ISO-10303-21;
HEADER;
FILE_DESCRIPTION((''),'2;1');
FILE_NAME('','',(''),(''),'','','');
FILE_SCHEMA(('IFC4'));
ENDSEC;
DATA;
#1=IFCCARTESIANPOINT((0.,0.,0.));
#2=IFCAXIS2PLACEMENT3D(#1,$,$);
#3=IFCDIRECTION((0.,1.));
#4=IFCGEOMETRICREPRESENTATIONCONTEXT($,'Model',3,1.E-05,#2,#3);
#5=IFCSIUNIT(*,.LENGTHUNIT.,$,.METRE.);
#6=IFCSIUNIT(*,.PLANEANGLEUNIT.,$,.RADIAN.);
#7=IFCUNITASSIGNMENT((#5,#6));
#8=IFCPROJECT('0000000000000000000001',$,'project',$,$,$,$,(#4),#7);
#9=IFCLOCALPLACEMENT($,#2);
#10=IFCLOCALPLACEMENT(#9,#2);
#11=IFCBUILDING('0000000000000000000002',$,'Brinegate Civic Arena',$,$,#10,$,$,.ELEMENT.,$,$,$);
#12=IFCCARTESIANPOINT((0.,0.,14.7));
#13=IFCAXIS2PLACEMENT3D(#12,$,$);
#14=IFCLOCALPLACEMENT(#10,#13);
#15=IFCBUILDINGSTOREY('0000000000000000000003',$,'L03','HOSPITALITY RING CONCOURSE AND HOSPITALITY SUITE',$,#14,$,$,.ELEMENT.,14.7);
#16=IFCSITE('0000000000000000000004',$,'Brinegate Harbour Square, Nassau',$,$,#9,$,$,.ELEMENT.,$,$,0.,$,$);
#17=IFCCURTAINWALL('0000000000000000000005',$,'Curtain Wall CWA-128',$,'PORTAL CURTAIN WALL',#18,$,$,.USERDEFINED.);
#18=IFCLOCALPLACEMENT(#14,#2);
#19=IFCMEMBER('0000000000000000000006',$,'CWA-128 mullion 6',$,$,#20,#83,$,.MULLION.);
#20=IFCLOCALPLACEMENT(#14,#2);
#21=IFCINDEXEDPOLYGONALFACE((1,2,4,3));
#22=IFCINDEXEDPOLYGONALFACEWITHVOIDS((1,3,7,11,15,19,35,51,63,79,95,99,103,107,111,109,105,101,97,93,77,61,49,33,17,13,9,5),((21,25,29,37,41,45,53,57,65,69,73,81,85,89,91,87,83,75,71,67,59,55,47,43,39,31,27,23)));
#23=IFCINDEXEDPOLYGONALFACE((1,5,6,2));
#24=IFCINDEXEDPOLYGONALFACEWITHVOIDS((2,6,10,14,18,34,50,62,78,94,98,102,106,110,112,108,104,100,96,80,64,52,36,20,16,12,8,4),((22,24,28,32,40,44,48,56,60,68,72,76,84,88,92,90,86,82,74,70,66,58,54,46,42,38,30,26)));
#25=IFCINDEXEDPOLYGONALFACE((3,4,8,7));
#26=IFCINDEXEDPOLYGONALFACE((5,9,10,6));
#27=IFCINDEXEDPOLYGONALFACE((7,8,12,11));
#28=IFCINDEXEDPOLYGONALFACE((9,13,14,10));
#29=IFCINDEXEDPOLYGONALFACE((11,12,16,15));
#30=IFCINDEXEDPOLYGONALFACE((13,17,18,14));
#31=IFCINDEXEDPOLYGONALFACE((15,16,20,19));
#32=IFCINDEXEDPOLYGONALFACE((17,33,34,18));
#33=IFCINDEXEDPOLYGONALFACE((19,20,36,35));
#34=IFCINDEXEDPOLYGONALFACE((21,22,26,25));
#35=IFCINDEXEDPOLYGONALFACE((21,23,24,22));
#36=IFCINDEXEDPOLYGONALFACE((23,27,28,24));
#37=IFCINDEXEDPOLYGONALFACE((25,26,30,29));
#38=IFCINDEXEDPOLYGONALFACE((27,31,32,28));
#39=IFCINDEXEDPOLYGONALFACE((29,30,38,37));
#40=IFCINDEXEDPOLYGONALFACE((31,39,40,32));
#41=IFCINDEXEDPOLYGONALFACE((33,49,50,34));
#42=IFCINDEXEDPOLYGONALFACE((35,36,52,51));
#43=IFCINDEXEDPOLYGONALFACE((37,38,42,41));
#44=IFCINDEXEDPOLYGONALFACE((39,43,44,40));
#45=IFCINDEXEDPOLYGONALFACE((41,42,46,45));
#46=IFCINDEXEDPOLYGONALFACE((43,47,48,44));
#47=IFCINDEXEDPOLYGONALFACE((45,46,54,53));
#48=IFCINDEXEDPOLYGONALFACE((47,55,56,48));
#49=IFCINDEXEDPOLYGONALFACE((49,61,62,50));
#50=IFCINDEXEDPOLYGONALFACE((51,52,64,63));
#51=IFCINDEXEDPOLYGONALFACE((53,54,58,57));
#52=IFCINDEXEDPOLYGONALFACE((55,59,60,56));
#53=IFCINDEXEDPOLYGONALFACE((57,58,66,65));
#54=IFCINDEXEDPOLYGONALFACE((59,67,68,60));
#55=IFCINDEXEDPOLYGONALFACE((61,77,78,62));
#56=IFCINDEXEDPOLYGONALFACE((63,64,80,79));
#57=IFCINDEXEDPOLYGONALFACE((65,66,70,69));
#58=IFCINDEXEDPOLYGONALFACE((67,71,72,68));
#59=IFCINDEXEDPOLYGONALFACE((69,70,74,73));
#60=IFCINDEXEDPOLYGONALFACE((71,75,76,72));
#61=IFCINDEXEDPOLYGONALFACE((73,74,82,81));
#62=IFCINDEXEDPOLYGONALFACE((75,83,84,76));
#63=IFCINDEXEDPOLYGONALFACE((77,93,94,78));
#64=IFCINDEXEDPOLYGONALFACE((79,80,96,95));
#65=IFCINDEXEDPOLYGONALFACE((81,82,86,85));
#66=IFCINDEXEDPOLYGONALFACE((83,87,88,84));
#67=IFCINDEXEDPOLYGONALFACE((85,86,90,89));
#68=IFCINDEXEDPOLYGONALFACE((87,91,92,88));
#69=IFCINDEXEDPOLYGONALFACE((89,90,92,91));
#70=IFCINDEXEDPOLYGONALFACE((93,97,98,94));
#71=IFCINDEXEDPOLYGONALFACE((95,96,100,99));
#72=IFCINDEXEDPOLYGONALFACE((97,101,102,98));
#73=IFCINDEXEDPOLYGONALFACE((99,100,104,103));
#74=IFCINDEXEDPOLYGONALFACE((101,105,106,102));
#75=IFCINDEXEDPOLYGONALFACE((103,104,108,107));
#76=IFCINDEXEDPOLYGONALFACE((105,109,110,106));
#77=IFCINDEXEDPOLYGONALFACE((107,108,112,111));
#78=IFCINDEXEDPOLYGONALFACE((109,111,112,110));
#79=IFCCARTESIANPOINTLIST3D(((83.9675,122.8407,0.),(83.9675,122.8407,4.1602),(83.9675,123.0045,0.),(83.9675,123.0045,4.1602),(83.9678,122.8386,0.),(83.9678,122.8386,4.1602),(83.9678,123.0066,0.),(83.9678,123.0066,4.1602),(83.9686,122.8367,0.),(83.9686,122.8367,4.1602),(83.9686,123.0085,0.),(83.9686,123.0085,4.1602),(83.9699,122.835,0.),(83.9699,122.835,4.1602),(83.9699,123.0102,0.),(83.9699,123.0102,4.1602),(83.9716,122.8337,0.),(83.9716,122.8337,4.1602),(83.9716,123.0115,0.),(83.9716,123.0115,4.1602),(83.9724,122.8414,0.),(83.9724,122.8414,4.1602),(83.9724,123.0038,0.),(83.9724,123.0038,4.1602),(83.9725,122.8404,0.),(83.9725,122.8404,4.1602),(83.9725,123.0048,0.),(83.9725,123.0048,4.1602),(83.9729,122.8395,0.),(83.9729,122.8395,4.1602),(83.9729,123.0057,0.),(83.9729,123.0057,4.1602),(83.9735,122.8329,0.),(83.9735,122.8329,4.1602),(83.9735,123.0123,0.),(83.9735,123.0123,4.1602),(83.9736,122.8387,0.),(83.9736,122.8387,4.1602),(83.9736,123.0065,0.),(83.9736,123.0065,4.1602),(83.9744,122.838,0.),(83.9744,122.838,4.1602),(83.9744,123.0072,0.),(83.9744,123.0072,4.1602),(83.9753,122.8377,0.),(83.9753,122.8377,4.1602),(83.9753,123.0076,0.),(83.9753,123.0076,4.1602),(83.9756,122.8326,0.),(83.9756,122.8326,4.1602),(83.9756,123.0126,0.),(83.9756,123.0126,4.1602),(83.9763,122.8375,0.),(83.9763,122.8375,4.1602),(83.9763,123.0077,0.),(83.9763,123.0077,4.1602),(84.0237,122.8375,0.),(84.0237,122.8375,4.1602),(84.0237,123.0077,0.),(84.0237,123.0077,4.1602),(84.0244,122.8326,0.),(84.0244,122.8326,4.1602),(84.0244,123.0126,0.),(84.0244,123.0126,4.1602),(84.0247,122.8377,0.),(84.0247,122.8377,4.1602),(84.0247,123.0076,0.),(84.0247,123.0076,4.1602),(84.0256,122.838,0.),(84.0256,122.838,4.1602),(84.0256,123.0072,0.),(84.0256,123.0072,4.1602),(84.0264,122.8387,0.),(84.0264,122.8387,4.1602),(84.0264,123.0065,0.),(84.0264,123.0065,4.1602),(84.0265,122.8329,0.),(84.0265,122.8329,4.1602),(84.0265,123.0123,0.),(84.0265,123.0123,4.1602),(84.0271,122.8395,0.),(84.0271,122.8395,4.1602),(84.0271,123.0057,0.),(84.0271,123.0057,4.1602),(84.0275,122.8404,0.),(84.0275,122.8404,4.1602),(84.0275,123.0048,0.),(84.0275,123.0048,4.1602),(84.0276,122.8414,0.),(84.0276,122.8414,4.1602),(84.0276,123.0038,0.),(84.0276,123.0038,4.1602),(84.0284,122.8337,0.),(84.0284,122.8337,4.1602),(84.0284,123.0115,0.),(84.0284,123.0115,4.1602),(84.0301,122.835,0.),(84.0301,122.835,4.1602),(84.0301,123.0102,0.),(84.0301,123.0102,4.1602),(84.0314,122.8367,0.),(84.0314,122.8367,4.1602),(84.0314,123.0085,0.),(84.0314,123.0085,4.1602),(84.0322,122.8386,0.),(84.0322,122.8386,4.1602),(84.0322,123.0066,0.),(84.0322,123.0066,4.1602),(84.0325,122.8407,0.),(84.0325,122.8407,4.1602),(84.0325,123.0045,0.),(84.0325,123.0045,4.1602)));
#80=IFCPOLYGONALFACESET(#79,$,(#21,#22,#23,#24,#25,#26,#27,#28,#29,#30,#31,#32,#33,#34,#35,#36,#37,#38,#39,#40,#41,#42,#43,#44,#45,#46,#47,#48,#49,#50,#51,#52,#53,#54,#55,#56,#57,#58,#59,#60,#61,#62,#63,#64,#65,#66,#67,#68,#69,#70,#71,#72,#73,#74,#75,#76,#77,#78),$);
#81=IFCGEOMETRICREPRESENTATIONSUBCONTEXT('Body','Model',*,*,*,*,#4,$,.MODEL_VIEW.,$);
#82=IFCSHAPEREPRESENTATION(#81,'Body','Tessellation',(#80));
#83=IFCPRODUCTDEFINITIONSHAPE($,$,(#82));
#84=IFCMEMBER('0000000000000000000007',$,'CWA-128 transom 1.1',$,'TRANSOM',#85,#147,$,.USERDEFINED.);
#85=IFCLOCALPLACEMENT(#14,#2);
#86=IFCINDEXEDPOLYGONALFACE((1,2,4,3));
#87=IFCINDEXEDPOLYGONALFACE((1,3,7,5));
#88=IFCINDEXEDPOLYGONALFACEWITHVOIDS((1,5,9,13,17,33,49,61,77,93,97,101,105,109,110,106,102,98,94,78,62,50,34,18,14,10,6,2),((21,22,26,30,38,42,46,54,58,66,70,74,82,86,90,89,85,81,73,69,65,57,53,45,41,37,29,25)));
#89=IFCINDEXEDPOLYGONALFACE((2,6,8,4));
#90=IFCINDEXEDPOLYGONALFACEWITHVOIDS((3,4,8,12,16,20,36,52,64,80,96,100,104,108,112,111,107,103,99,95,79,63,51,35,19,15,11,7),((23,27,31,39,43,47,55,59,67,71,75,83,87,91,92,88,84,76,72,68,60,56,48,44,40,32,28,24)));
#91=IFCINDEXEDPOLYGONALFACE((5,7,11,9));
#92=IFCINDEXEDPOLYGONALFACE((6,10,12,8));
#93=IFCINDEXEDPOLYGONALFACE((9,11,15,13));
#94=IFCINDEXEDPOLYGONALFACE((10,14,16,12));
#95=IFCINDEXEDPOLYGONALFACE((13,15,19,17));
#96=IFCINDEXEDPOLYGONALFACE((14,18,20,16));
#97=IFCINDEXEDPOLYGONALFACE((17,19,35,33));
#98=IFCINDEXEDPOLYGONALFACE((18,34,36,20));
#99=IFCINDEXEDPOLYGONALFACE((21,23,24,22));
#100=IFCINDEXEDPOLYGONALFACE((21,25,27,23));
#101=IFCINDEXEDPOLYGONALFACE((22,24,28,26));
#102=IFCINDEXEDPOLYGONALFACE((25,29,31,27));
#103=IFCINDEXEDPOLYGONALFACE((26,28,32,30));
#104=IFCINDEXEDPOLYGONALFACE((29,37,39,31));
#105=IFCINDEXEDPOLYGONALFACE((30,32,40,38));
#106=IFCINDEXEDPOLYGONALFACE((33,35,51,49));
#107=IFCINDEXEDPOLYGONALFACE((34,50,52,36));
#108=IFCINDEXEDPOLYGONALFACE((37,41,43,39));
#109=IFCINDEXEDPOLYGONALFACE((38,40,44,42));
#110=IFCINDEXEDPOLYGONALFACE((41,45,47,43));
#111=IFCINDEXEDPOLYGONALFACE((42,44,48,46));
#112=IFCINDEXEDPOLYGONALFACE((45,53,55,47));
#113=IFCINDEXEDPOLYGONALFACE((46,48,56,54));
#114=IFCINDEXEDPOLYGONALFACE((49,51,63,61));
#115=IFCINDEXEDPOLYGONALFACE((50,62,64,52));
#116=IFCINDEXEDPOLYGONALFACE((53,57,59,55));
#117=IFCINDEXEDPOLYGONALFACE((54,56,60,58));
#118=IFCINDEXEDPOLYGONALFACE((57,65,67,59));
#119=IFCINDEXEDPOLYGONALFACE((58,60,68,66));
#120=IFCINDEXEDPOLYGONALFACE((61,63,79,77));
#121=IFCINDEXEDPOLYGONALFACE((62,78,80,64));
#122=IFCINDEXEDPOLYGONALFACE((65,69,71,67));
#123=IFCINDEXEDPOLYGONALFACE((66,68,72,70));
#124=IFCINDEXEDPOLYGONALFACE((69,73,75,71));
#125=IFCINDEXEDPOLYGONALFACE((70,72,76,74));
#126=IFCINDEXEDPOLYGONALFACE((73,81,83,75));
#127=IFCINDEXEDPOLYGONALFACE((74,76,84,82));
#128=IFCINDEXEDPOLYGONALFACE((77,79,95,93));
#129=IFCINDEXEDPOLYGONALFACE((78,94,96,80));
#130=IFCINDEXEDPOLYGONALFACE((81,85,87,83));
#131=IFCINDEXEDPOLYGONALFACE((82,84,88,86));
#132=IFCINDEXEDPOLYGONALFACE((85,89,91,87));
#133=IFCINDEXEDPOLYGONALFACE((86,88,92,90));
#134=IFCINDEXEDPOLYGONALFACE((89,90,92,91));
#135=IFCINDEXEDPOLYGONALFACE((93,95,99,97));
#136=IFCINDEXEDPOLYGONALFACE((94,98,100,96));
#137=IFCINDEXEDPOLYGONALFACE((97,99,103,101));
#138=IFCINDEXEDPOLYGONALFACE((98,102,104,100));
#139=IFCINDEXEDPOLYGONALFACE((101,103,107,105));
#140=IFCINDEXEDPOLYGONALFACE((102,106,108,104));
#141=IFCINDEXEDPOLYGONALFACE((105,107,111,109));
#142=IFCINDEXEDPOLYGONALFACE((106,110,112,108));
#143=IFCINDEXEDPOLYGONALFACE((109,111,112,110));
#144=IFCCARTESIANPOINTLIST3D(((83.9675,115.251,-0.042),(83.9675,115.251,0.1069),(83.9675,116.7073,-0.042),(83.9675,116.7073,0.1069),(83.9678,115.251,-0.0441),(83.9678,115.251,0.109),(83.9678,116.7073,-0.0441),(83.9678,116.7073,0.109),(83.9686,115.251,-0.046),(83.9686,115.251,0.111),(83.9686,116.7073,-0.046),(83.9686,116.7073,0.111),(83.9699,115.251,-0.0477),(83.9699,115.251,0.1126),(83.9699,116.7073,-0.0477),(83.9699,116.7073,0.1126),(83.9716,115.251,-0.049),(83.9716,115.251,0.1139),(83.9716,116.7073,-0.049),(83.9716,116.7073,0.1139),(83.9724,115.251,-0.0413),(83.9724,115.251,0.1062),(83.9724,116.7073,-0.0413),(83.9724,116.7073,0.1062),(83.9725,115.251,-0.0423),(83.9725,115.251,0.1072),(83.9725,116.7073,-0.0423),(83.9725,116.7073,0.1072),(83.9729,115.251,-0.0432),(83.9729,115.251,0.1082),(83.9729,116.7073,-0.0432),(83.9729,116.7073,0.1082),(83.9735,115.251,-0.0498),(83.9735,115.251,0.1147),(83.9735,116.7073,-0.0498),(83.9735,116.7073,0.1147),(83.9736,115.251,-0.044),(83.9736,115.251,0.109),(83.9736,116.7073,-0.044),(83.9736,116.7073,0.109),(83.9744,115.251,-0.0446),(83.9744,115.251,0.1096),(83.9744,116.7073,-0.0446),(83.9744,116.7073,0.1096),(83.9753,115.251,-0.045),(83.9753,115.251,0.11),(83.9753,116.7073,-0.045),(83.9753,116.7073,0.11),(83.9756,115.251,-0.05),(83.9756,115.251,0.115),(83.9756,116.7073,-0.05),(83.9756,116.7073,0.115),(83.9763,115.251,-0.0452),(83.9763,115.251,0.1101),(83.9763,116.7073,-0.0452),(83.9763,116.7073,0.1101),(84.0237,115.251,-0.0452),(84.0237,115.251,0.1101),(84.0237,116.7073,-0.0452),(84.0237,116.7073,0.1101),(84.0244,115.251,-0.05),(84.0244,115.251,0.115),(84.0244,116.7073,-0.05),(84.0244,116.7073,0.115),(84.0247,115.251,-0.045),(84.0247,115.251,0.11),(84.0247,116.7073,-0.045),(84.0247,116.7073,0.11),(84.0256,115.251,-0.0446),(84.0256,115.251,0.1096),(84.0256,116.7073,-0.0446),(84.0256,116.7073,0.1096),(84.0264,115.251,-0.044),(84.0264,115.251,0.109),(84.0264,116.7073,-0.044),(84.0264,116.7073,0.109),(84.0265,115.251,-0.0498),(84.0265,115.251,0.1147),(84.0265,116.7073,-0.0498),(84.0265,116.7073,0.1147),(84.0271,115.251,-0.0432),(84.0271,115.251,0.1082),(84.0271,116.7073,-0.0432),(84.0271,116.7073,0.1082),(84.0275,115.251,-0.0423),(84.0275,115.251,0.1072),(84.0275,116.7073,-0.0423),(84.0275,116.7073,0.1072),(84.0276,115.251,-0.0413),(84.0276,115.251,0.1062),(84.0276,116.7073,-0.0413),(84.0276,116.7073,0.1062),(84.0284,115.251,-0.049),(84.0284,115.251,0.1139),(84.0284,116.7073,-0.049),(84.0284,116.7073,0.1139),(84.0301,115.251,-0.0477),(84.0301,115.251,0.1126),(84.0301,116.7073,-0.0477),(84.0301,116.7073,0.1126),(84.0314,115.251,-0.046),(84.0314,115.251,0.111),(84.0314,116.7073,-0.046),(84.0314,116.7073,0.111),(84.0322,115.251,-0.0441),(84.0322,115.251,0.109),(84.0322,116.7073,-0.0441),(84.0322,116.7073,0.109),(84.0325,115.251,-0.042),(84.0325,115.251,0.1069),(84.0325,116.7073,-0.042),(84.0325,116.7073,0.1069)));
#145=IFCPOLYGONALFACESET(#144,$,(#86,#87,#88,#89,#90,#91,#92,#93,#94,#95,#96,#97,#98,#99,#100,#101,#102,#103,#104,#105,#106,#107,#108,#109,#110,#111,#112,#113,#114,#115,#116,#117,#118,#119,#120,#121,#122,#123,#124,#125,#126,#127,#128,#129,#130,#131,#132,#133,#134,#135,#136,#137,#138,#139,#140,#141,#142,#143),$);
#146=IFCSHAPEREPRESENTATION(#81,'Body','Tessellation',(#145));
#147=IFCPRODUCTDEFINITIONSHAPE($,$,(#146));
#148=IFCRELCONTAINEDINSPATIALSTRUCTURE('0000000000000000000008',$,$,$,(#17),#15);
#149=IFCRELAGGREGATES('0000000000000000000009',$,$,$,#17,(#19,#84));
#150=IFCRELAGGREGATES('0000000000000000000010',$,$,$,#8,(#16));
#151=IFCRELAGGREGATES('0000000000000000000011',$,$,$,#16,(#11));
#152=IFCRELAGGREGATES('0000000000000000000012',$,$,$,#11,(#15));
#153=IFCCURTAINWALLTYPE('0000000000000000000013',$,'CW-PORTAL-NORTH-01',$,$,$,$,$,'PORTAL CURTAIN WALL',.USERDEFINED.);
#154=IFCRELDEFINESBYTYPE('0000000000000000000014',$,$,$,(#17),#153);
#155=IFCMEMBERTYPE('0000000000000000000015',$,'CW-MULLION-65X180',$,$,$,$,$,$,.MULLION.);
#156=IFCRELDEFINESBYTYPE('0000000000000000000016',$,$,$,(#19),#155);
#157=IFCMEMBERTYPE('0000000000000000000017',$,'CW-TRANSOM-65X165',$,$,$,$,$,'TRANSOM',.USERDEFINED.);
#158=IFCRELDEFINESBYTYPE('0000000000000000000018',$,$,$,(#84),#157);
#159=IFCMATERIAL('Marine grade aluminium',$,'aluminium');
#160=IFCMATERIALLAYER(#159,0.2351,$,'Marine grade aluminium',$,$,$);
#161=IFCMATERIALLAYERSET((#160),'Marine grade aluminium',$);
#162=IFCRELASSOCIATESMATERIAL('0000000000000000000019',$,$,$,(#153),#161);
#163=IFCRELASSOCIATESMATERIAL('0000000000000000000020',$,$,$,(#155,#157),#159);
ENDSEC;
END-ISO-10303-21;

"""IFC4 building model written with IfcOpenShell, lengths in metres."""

from ifc_helpers import new_model, si_unit, direction, frame, origin, origin_2d, place, context, subcontext, project, spatial, hollow_rectangle, extrude, material, layer, layer_set, material_profile, profile_set, type_object, element, aggregate, save


model = new_model("IFC4")

# Units and contexts
model_context = context("Model", 3, precision=1e-05, world=origin(), true_north=direction((0.0, 1.0)))
body_context = subcontext(model_context, "Body", "Model", "MODEL_VIEW")
ifc_project = project(units=[si_unit("LENGTHUNIT", "METRE"), si_unit("PLANEANGLEUNIT", "RADIAN")], contexts=[model_context])

# Site, building, storey
site_placement = place(None, origin())
site = spatial("IfcSite", under=ifc_project, at=site_placement, Name="Brinegate Harbour Square, Nassau", CompositionType="ELEMENT", RefElevation=0.0)
building_placement = place(site_placement, origin())
building = spatial("IfcBuilding", under=site, at=building_placement, Name="Brinegate Civic Arena", CompositionType="ELEMENT")
storey_placement = place(building_placement, frame((0.0, 0.0, 14.7)))
storey = spatial("IfcBuildingStorey", under=building, at=storey_placement, Name="L03", Description="HOSPITALITY RING CONCOURSE AND HOSPITALITY SUITE", CompositionType="ELEMENT", Elevation=14.7)

# Curtain wall, members
ifc_material_1 = material(Name="Marine grade aluminium", Category="aluminium")
ifc_layer_1 = layer(ifc_material_1, 0.2351, Name="Marine grade aluminium")
ifc_layer_set_1 = layer_set([ifc_layer_1], Name="Marine grade aluminium")
curtain_wall_type = type_object("IfcCurtainWallType", Name="CW-PORTAL-NORTH-01", ElementType="PORTAL CURTAIN WALL", PredefinedType="USERDEFINED", material=ifc_layer_set_1)
curtain_wall_placement = place(storey_placement, origin())
curtain_wall = element("IfcCurtainWall", 1, at=curtain_wall_placement, inside=storey, type_object=curtain_wall_type, Name="Curtain Wall CWA-128", ObjectType="PORTAL CURTAIN WALL", PredefinedType="USERDEFINED")
ifc_material_profile_1 = material_profile(ifc_material_1, hollow_rectangle(XDim=0.0649, YDim=0.1799, WallThickness=0.0049, InnerFilletRadius=0.0039, OuterFilletRadius=0.0081, at=origin_2d()), Name="MUL65X180")
ifc_profile_set_1 = profile_set([ifc_material_profile_1], Name="Marine grade aluminium")
member_type_1 = type_object("IfcMemberType", Name="CW-MULLION-65X180", PredefinedType="MULLION", material=ifc_profile_set_1)
member_1_placement = place(storey_placement, frame((84.0, 122.9226, 0.0), z_axis=(0.0, 0.0, 1.0), x_axis=(-1.0, 0.0, 0.0)))
member_1 = element("IfcMember", 2, at=member_1_placement, type_object=member_type_1, Name="CWA-128 mullion 6", PredefinedType="MULLION", context=body_context, shape_type="SweptSolid", body=[
    extrude(hollow_rectangle(XDim=0.0649, YDim=0.1799, WallThickness=0.0049, InnerFilletRadius=0.0039, OuterFilletRadius=0.0081, at=origin_2d()), origin(), (0.0, 0.0, 1.0), 4.1602),
])
ifc_material_profile_2 = material_profile(ifc_material_1, hollow_rectangle(XDim=0.0649, YDim=0.165, WallThickness=0.0049, InnerFilletRadius=0.0039, OuterFilletRadius=0.0081, at=origin_2d()), Name="TRN65X165")
ifc_profile_set_2 = profile_set([ifc_material_profile_2], Name="Marine grade aluminium")
member_type_2 = type_object("IfcMemberType", Name="CW-TRANSOM-65X165", ElementType="TRANSOM", PredefinedType="USERDEFINED", material=ifc_profile_set_2)
member_2_placement = place(storey_placement, frame((84.0, 115.251, 0.0325), z_axis=(0.0, 1.0, 0.0), x_axis=(-1.0, 0.0, 0.0)))
member_2 = element("IfcMember", 3, at=member_2_placement, type_object=member_type_2, Name="CWA-128 transom 1.1", ObjectType="TRANSOM", PredefinedType="USERDEFINED", context=body_context, shape_type="SweptSolid", body=[
    extrude(hollow_rectangle(XDim=0.0649, YDim=0.165, WallThickness=0.0049, InnerFilletRadius=0.0039, OuterFilletRadius=0.0081, at=origin_2d()), origin(), (0.0, 0.0, 1.0), 1.4563),
])

aggregate(curtain_wall, [member_1, member_2])

save(model, "model.ifc")
